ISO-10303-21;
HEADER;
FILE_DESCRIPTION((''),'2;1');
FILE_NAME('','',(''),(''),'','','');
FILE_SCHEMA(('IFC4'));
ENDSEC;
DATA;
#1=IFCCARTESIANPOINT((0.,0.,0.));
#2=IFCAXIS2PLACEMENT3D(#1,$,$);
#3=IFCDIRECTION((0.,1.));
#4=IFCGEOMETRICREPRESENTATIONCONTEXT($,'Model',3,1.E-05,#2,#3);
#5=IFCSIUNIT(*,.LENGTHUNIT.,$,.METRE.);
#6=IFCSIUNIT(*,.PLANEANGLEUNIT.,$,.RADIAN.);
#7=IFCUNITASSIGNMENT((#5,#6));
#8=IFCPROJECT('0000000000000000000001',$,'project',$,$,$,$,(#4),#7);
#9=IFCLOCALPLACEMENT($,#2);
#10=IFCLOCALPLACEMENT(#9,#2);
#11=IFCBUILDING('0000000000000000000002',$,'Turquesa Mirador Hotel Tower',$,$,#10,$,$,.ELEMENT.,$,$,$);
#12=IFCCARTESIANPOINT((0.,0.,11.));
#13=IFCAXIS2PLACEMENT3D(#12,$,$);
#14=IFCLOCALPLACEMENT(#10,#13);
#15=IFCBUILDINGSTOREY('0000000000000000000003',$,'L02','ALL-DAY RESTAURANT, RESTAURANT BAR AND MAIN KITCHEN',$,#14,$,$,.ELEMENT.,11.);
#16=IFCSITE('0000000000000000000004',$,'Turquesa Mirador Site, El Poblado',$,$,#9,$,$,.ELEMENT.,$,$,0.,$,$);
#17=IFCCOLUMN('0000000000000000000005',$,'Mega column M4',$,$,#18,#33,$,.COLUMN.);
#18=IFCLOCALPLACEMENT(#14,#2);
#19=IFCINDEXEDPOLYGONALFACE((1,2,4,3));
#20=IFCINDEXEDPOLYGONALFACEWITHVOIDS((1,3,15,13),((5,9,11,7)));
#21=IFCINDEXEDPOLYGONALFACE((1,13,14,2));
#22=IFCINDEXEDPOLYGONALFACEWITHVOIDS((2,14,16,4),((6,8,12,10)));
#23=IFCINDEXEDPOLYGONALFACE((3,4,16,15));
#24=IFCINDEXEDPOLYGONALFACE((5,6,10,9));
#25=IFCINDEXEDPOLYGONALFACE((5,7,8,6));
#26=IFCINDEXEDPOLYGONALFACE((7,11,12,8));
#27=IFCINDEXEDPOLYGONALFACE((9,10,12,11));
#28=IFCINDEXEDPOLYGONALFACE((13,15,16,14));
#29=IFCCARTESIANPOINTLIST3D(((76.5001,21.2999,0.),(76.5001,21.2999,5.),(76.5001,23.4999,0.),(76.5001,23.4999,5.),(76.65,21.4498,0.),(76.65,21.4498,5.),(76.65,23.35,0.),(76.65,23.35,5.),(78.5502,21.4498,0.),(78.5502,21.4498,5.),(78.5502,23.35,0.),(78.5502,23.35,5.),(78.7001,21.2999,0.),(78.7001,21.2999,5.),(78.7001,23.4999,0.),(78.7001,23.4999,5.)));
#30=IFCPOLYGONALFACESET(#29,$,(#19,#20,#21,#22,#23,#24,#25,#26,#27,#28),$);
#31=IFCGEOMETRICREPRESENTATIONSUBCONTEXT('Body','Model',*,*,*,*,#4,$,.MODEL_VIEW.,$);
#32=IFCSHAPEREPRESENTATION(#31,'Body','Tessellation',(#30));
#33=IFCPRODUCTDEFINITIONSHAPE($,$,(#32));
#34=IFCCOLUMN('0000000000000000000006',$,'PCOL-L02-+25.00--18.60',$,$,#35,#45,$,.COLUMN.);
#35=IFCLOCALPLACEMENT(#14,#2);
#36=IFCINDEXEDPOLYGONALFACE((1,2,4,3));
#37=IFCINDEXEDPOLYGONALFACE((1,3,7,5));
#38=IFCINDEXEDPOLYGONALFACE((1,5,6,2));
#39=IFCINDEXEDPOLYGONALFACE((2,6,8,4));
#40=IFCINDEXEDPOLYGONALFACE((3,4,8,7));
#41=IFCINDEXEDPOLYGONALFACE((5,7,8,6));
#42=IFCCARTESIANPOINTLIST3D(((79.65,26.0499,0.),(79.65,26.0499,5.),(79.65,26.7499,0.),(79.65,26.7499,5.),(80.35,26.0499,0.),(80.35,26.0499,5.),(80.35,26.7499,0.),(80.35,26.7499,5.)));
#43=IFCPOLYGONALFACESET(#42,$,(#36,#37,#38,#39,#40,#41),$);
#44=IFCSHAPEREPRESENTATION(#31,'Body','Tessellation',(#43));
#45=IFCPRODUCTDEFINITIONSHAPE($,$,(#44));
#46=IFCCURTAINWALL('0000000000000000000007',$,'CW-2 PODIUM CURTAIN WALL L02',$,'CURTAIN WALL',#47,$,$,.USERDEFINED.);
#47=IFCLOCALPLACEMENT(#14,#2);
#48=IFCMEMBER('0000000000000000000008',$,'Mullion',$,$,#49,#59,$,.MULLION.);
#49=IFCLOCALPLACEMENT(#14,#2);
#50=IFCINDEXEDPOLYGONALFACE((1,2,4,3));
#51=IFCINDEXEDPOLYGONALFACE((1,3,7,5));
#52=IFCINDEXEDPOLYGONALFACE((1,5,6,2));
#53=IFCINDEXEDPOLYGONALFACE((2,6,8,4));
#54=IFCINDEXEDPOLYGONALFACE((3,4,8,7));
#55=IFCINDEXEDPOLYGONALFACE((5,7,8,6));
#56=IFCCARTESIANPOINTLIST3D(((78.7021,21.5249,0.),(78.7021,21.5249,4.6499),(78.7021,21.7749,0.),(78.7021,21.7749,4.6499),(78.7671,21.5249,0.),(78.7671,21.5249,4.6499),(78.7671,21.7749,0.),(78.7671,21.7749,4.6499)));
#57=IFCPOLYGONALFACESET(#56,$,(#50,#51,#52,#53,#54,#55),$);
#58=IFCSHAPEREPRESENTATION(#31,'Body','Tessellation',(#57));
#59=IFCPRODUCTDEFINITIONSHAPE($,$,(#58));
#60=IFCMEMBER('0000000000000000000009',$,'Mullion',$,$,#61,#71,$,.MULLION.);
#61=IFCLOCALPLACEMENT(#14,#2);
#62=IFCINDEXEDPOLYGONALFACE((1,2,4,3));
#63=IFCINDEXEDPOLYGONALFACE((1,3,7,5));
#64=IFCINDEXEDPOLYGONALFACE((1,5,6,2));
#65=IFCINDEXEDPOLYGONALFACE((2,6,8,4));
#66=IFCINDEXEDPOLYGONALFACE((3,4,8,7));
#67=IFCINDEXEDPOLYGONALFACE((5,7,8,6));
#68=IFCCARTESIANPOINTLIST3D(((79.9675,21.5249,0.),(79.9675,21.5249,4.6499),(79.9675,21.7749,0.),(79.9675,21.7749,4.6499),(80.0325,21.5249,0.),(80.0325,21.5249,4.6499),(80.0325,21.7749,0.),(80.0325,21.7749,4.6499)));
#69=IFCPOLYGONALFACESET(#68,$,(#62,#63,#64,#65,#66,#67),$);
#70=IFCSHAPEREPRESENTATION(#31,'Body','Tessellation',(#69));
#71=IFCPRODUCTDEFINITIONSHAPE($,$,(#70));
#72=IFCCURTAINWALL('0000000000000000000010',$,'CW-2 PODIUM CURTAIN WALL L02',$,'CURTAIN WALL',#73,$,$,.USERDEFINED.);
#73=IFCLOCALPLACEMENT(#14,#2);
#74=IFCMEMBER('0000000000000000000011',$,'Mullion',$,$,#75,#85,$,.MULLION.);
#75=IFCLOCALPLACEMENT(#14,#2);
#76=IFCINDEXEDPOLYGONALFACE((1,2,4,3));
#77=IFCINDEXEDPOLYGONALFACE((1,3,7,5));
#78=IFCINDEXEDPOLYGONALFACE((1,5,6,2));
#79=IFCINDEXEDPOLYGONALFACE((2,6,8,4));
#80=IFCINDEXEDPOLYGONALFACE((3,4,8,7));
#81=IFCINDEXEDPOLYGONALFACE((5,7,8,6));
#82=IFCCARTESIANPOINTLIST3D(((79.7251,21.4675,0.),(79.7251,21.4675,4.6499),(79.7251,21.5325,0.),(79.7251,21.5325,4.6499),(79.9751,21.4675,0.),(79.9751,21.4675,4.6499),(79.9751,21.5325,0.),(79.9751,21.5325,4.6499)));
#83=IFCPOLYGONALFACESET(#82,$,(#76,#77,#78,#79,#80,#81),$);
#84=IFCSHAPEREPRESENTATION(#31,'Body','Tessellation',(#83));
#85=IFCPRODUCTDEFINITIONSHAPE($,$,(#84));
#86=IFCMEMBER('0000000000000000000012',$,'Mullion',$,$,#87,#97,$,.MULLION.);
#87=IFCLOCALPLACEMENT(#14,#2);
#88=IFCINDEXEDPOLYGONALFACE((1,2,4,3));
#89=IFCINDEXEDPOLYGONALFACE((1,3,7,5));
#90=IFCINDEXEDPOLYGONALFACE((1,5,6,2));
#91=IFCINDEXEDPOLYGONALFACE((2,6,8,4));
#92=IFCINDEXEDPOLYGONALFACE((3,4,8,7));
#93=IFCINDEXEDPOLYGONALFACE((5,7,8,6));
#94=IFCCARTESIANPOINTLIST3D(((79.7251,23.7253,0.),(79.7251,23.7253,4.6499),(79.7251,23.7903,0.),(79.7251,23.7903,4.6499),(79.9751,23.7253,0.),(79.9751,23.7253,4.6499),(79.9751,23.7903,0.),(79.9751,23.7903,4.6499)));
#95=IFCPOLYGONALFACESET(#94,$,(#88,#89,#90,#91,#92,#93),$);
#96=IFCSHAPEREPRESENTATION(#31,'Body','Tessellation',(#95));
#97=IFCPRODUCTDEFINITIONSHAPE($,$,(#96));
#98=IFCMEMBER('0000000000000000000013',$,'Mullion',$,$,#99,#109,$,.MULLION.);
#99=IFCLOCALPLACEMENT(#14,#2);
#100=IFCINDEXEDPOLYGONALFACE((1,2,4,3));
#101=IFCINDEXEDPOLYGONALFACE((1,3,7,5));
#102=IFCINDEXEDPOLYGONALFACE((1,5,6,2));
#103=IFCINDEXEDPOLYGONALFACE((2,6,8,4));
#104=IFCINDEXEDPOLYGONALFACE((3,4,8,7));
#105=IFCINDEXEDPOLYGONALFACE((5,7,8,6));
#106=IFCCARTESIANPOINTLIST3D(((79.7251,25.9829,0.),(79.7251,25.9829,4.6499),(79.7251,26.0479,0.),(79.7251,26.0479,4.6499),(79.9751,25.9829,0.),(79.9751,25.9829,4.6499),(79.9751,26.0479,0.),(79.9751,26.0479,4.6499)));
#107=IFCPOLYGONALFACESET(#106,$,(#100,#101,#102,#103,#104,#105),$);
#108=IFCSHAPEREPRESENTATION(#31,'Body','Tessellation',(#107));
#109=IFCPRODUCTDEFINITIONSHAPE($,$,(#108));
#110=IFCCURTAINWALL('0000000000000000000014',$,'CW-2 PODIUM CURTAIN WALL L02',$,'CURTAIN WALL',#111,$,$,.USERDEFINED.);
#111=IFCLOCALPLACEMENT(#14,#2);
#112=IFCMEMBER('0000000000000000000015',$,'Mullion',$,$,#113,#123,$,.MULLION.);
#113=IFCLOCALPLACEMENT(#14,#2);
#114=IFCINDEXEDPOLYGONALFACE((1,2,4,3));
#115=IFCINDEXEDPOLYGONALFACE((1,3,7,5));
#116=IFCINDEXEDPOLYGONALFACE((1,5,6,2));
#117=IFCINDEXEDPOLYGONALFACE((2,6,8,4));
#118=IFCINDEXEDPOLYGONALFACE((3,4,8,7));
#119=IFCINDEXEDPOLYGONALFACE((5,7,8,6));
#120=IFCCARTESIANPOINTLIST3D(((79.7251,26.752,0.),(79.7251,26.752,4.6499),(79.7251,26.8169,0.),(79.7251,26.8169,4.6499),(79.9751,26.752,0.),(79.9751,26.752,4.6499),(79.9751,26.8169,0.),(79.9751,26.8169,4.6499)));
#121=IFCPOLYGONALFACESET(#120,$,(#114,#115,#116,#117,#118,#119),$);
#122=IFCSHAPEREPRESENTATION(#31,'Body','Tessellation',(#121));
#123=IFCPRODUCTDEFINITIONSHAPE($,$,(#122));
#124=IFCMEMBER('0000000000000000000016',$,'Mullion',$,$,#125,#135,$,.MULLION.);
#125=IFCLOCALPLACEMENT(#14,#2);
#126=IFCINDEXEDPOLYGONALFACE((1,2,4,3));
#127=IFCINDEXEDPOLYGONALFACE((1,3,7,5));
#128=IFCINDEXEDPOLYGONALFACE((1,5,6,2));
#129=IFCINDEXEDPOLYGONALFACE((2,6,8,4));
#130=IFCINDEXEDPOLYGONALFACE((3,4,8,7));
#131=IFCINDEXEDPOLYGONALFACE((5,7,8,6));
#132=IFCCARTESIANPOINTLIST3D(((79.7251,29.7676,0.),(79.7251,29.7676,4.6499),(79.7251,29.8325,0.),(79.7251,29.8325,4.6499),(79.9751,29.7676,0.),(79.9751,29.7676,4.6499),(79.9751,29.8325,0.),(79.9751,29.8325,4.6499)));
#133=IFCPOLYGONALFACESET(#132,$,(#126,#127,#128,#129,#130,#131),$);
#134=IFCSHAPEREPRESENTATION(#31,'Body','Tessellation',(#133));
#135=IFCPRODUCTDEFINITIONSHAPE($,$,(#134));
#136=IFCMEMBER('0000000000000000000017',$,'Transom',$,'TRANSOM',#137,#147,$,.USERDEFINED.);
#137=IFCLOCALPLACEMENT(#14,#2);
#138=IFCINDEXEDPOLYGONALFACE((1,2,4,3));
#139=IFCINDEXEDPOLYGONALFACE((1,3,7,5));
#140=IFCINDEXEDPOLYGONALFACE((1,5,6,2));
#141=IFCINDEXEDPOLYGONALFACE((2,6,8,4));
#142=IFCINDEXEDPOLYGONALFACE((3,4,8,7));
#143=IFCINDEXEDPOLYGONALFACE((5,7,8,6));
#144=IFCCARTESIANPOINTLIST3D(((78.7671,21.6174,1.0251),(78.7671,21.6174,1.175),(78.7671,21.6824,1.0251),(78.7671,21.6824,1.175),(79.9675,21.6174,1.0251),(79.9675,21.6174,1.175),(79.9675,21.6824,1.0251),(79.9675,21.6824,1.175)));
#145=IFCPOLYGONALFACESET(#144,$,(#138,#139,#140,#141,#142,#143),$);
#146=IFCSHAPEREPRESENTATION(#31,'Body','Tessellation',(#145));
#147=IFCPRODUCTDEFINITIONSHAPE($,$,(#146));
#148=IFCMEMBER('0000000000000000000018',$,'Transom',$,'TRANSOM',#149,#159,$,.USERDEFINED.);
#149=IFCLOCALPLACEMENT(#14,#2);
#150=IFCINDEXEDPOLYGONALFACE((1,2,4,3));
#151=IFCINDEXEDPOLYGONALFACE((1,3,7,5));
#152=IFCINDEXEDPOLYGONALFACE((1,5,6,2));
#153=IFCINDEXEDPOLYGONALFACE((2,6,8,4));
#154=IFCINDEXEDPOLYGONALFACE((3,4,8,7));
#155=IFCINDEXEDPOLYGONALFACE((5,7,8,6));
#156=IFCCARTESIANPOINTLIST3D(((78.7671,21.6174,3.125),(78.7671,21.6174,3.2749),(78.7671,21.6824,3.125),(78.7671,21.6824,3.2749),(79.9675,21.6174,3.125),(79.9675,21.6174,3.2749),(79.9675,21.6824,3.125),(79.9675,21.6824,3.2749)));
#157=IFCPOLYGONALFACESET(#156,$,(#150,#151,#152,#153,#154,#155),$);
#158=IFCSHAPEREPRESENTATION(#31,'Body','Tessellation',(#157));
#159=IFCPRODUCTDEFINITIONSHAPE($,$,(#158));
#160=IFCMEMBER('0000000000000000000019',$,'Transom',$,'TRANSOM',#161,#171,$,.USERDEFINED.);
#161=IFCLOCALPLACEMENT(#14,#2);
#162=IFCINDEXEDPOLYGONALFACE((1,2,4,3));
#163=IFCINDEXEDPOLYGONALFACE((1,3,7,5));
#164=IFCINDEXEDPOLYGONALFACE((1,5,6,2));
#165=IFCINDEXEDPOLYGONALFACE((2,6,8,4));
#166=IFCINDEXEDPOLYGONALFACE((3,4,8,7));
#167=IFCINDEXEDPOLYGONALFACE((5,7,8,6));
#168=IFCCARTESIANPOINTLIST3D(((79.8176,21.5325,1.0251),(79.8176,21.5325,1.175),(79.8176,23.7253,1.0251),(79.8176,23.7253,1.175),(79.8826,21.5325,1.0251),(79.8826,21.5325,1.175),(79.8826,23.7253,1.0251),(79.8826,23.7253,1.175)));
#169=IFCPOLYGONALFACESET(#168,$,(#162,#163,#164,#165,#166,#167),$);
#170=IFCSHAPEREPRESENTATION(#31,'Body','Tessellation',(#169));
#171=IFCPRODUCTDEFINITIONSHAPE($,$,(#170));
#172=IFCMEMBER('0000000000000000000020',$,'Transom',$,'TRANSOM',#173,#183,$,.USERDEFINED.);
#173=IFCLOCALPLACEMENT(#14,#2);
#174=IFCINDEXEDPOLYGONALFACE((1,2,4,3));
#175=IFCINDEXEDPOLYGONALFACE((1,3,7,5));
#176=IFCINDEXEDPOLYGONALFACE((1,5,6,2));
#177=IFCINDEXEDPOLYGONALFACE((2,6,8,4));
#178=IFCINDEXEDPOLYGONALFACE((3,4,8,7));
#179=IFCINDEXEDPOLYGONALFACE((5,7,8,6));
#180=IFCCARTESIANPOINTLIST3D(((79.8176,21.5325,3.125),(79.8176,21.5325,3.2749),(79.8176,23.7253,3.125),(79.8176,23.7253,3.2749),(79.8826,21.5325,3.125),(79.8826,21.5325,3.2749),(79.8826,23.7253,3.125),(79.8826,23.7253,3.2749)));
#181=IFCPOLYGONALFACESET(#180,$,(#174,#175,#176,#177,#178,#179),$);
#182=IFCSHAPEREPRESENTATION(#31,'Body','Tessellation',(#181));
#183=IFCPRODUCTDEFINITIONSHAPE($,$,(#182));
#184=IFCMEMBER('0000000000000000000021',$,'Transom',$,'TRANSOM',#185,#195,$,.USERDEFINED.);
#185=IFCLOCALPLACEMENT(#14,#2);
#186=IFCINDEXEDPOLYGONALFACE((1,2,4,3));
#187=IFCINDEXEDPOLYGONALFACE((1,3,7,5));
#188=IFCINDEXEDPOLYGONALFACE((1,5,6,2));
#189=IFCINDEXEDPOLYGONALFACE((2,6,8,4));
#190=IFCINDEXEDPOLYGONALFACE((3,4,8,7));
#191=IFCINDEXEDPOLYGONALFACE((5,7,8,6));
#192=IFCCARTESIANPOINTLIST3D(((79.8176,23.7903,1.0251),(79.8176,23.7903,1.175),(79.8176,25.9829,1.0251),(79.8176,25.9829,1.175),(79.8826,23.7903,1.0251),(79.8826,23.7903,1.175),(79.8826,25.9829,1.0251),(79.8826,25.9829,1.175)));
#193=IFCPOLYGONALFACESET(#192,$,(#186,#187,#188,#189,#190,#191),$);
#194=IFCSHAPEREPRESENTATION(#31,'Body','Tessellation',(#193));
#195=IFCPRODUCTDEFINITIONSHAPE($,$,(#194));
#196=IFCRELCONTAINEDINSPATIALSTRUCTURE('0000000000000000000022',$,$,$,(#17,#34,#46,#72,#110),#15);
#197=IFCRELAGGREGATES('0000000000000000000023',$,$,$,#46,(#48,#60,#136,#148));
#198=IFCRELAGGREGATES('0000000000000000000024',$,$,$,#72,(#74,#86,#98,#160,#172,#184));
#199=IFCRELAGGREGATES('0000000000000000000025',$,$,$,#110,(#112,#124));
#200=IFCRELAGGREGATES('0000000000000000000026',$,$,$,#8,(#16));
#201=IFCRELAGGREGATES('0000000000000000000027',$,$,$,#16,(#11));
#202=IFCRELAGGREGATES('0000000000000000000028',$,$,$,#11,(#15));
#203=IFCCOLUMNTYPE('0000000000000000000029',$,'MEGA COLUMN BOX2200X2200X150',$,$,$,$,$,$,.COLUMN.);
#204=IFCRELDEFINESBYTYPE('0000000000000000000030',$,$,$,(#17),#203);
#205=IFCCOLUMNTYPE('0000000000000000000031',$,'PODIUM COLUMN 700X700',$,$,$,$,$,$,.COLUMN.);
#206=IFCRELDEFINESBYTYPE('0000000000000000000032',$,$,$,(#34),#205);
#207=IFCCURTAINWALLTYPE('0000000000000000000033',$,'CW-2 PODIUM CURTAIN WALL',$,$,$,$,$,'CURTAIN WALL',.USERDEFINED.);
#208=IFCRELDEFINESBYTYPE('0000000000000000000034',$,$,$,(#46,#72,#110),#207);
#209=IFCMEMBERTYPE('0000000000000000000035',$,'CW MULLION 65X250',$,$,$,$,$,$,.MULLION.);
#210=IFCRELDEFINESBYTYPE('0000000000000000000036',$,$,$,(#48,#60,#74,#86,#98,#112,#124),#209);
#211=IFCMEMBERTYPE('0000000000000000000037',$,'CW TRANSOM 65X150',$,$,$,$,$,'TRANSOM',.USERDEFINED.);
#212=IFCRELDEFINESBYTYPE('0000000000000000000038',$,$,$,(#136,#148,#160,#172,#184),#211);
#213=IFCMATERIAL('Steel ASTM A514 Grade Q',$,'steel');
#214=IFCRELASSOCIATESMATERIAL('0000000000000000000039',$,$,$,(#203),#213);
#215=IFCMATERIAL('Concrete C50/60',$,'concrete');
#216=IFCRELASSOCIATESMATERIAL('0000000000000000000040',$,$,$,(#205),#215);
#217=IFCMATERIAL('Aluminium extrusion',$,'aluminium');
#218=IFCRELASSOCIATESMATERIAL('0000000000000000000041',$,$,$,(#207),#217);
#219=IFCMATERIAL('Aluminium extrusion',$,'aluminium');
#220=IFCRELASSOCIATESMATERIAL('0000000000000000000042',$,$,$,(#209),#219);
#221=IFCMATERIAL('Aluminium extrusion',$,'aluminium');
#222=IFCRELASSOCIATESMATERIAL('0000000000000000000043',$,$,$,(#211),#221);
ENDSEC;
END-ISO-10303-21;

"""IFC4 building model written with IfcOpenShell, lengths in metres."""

from ifc_helpers import new_model, si_unit, direction, frame, origin, origin_2d, place, context, subcontext, project, spatial, rectangle, hollow_rectangle, extrude, material, material_profile, profile_set, type_object, element, aggregate, save


model = new_model("IFC4")

# Units and contexts
model_context = context("Model", 3, precision=1e-05, world=origin(), true_north=direction((0.0, 1.0)))
body_context = subcontext(model_context, "Body", "Model", "MODEL_VIEW")
ifc_project = project(units=[si_unit("LENGTHUNIT", "METRE"), si_unit("PLANEANGLEUNIT", "RADIAN")], contexts=[model_context])

# Site, building, storey
site_placement = place(None, origin())
site = spatial("IfcSite", under=ifc_project, at=site_placement, Name="Turquesa Mirador Site, El Poblado", CompositionType="ELEMENT", RefElevation=0.0)
building_placement = place(site_placement, origin())
building = spatial("IfcBuilding", under=site, at=building_placement, Name="Turquesa Mirador Hotel Tower", CompositionType="ELEMENT")
storey_placement = place(building_placement, frame((0.0, 0.0, 11.0)))
storey = spatial("IfcBuildingStorey", under=building, at=storey_placement, Name="L02", Description="ALL-DAY RESTAURANT, RESTAURANT BAR AND MAIN KITCHEN", CompositionType="ELEMENT", Elevation=11.0)

# Columns
ifc_material_1 = material(Name="Steel ASTM A514 Grade Q", Category="steel")
ifc_material_profile_1 = material_profile(ifc_material_1, hollow_rectangle(XDim=2.2, YDim=2.2, WallThickness=0.1499, at=origin_2d()), Name="BOX2200X2200X150")
ifc_profile_set_1 = profile_set([ifc_material_profile_1], Name="Steel ASTM A514 Grade Q")
column_type_1 = type_object("IfcColumnType", Name="MEGA COLUMN BOX2200X2200X150", PredefinedType="COLUMN", material=ifc_profile_set_1)
column_1_placement = place(storey_placement, frame((77.6001, 22.3999, 0.0), z_axis=(0.0, 0.0, 1.0), x_axis=(1.0, 0.0, 0.0)))
element("IfcColumn", 1, at=column_1_placement, inside=storey, type_object=column_type_1, Name="Mega column M4", PredefinedType="COLUMN", context=body_context, shape_type="SweptSolid", body=[
    extrude(hollow_rectangle(XDim=2.2, YDim=2.2, WallThickness=0.1499, at=origin_2d()), origin(), (0.0, 0.0, 1.0), 5.0),
])
ifc_material_2 = material(Name="Concrete C50/60", Category="concrete")
ifc_material_profile_2 = material_profile(ifc_material_2, rectangle(XDim=0.7, YDim=0.7, at=origin_2d()), Name="RC 700X700")
ifc_profile_set_2 = profile_set([ifc_material_profile_2], Name="Concrete C50/60")
column_type_2 = type_object("IfcColumnType", Name="PODIUM COLUMN 700X700", PredefinedType="COLUMN", material=ifc_profile_set_2)
column_2_placement = place(storey_placement, frame((80.0, 26.3999, 0.0), z_axis=(0.0, 0.0, 1.0), x_axis=(1.0, 0.0, 0.0)))
element("IfcColumn", 2, at=column_2_placement, inside=storey, type_object=column_type_2, Name="PCOL-L02-+25.00--18.60", PredefinedType="COLUMN", context=body_context, shape_type="SweptSolid", body=[
    extrude(rectangle(XDim=0.7, YDim=0.7, at=origin_2d()), origin(), (0.0, 0.0, 1.0), 5.0),
])

# Curtain walls, members
ifc_material_3 = material(Name="Aluminium extrusion", Category="aluminium")
curtain_wall_type = type_object("IfcCurtainWallType", Name="CW-2 PODIUM CURTAIN WALL", ElementType="CURTAIN WALL", PredefinedType="USERDEFINED", material=ifc_material_3)
curtain_wall_1_placement = place(storey_placement, origin())
curtain_wall_1 = element("IfcCurtainWall", 3, at=curtain_wall_1_placement, inside=storey, type_object=curtain_wall_type, Name="CW-2 PODIUM CURTAIN WALL L02", ObjectType="CURTAIN WALL", PredefinedType="USERDEFINED")
ifc_material_4 = material(Name="Aluminium extrusion", Category="aluminium")
ifc_material_profile_3 = material_profile(ifc_material_4, rectangle(XDim=0.0649, YDim=0.25, at=origin_2d()), Name="MULLION 65X250")
ifc_profile_set_3 = profile_set([ifc_material_profile_3], Name="Aluminium extrusion")
member_type_1 = type_object("IfcMemberType", Name="CW MULLION 65X250", PredefinedType="MULLION", material=ifc_profile_set_3)
member_1_placement = place(storey_placement, frame((78.7346, 21.6499, 0.0), z_axis=(0.0, 0.0, 1.0), x_axis=(1.0, 0.0, 0.0)))
member_1 = element("IfcMember", 4, at=member_1_placement, type_object=member_type_1, Name="Mullion", PredefinedType="MULLION", context=body_context, shape_type="SweptSolid", body=[
    extrude(rectangle(XDim=0.0649, YDim=0.25, at=origin_2d()), origin(), (0.0, 0.0, 1.0), 4.6499),
])
member_2_placement = place(storey_placement, frame((80.0, 21.6499, 0.0), z_axis=(0.0, 0.0, 1.0), x_axis=(1.0, 0.0, 0.0)))
member_2 = element("IfcMember", 5, at=member_2_placement, type_object=member_type_1, Name="Mullion", PredefinedType="MULLION", context=body_context, shape_type="SweptSolid", body=[
    extrude(rectangle(XDim=0.0649, YDim=0.25, at=origin_2d()), origin(), (0.0, 0.0, 1.0), 4.6499),
])
curtain_wall_2_placement = place(storey_placement, origin())
curtain_wall_2 = element("IfcCurtainWall", 6, at=curtain_wall_2_placement, inside=storey, type_object=curtain_wall_type, Name="CW-2 PODIUM CURTAIN WALL L02", ObjectType="CURTAIN WALL", PredefinedType="USERDEFINED")
member_3_placement = place(storey_placement, frame((79.8501, 21.5, 0.0), z_axis=(0.0, 0.0, 1.0), x_axis=(0.0, 1.0, 0.0)))
member_3 = element("IfcMember", 7, at=member_3_placement, type_object=member_type_1, Name="Mullion", PredefinedType="MULLION", context=body_context, shape_type="SweptSolid", body=[
    extrude(rectangle(XDim=0.0649, YDim=0.25, at=origin_2d()), origin(), (0.0, 0.0, 1.0), 4.6499),
])
member_4_placement = place(storey_placement, frame((79.8501, 23.7578, 0.0), z_axis=(0.0, 0.0, 1.0), x_axis=(0.0, 1.0, 0.0)))
member_4 = element("IfcMember", 8, at=member_4_placement, type_object=member_type_1, Name="Mullion", PredefinedType="MULLION", context=body_context, shape_type="SweptSolid", body=[
    extrude(rectangle(XDim=0.0649, YDim=0.25, at=origin_2d()), origin(), (0.0, 0.0, 1.0), 4.6499),
])
member_5_placement = place(storey_placement, frame((79.8501, 26.0154, 0.0), z_axis=(0.0, 0.0, 1.0), x_axis=(0.0, 1.0, 0.0)))
member_5 = element("IfcMember", 9, at=member_5_placement, type_object=member_type_1, Name="Mullion", PredefinedType="MULLION", context=body_context, shape_type="SweptSolid", body=[
    extrude(rectangle(XDim=0.0649, YDim=0.25, at=origin_2d()), origin(), (0.0, 0.0, 1.0), 4.6499),
])
curtain_wall_3_placement = place(storey_placement, origin())
curtain_wall_3 = element("IfcCurtainWall", 10, at=curtain_wall_3_placement, inside=storey, type_object=curtain_wall_type, Name="CW-2 PODIUM CURTAIN WALL L02", ObjectType="CURTAIN WALL", PredefinedType="USERDEFINED")
member_6_placement = place(storey_placement, frame((79.8501, 26.7844, 0.0), z_axis=(0.0, 0.0, 1.0), x_axis=(0.0, 1.0, 0.0)))
member_6 = element("IfcMember", 11, at=member_6_placement, type_object=member_type_1, Name="Mullion", PredefinedType="MULLION", context=body_context, shape_type="SweptSolid", body=[
    extrude(rectangle(XDim=0.0649, YDim=0.25, at=origin_2d()), origin(), (0.0, 0.0, 1.0), 4.6499),
])
member_7_placement = place(storey_placement, frame((79.8501, 29.8, 0.0), z_axis=(0.0, 0.0, 1.0), x_axis=(0.0, 1.0, 0.0)))
member_7 = element("IfcMember", 12, at=member_7_placement, type_object=member_type_1, Name="Mullion", PredefinedType="MULLION", context=body_context, shape_type="SweptSolid", body=[
    extrude(rectangle(XDim=0.0649, YDim=0.25, at=origin_2d()), origin(), (0.0, 0.0, 1.0), 4.6499),
])

# Members
ifc_material_5 = material(Name="Aluminium extrusion", Category="aluminium")
ifc_material_profile_4 = material_profile(ifc_material_5, rectangle(XDim=0.0649, YDim=0.1499, at=origin_2d()), Name="TRANSOM 65X150")
ifc_profile_set_4 = profile_set([ifc_material_profile_4], Name="Aluminium extrusion")
member_type_2 = type_object("IfcMemberType", Name="CW TRANSOM 65X150", ElementType="TRANSOM", PredefinedType="USERDEFINED", material=ifc_profile_set_4)
member_8_placement = place(storey_placement, frame((78.7671, 21.6499, 1.1001), z_axis=(1.0, 0.0, 0.0), x_axis=(0.0, 1.0, 0.0)))
member_8 = element("IfcMember", 13, at=member_8_placement, type_object=member_type_2, Name="Transom", ObjectType="TRANSOM", PredefinedType="USERDEFINED", context=body_context, shape_type="SweptSolid", body=[
    extrude(rectangle(XDim=0.0649, YDim=0.1499, at=origin_2d()), origin(), (0.0, 0.0, 1.0), 1.2004),
])
member_9_placement = place(storey_placement, frame((78.7671, 21.6499, 3.2), z_axis=(1.0, 0.0, 0.0), x_axis=(0.0, 1.0, 0.0)))
member_9 = element("IfcMember", 14, at=member_9_placement, type_object=member_type_2, Name="Transom", ObjectType="TRANSOM", PredefinedType="USERDEFINED", context=body_context, shape_type="SweptSolid", body=[
    extrude(rectangle(XDim=0.0649, YDim=0.1499, at=origin_2d()), origin(), (0.0, 0.0, 1.0), 1.2004),
])
member_10_placement = place(storey_placement, frame((79.8501, 21.5325, 1.1001), z_axis=(0.0, 1.0, 0.0), x_axis=(-1.0, 0.0, 0.0)))
member_10 = element("IfcMember", 15, at=member_10_placement, type_object=member_type_2, Name="Transom", ObjectType="TRANSOM", PredefinedType="USERDEFINED", context=body_context, shape_type="SweptSolid", body=[
    extrude(rectangle(XDim=0.0649, YDim=0.1499, at=origin_2d()), origin(), (0.0, 0.0, 1.0), 2.1929),
])
member_11_placement = place(storey_placement, frame((79.8501, 21.5325, 3.2), z_axis=(0.0, 1.0, 0.0), x_axis=(-1.0, 0.0, 0.0)))
member_11 = element("IfcMember", 16, at=member_11_placement, type_object=member_type_2, Name="Transom", ObjectType="TRANSOM", PredefinedType="USERDEFINED", context=body_context, shape_type="SweptSolid", body=[
    extrude(rectangle(XDim=0.0649, YDim=0.1499, at=origin_2d()), origin(), (0.0, 0.0, 1.0), 2.1929),
])
member_12_placement = place(storey_placement, frame((79.8501, 23.7903, 1.1001), z_axis=(0.0, 1.0, 0.0), x_axis=(-1.0, 0.0, 0.0)))
member_12 = element("IfcMember", 17, at=member_12_placement, type_object=member_type_2, Name="Transom", ObjectType="TRANSOM", PredefinedType="USERDEFINED", context=body_context, shape_type="SweptSolid", body=[
    extrude(rectangle(XDim=0.0649, YDim=0.1499, at=origin_2d()), origin(), (0.0, 0.0, 1.0), 2.1926),
])

aggregate(curtain_wall_1, [member_1, member_2, member_8, member_9])
aggregate(curtain_wall_2, [member_3, member_4, member_5, member_10, member_11, member_12])
aggregate(curtain_wall_3, [member_6, member_7])

save(model, "model.ifc")
